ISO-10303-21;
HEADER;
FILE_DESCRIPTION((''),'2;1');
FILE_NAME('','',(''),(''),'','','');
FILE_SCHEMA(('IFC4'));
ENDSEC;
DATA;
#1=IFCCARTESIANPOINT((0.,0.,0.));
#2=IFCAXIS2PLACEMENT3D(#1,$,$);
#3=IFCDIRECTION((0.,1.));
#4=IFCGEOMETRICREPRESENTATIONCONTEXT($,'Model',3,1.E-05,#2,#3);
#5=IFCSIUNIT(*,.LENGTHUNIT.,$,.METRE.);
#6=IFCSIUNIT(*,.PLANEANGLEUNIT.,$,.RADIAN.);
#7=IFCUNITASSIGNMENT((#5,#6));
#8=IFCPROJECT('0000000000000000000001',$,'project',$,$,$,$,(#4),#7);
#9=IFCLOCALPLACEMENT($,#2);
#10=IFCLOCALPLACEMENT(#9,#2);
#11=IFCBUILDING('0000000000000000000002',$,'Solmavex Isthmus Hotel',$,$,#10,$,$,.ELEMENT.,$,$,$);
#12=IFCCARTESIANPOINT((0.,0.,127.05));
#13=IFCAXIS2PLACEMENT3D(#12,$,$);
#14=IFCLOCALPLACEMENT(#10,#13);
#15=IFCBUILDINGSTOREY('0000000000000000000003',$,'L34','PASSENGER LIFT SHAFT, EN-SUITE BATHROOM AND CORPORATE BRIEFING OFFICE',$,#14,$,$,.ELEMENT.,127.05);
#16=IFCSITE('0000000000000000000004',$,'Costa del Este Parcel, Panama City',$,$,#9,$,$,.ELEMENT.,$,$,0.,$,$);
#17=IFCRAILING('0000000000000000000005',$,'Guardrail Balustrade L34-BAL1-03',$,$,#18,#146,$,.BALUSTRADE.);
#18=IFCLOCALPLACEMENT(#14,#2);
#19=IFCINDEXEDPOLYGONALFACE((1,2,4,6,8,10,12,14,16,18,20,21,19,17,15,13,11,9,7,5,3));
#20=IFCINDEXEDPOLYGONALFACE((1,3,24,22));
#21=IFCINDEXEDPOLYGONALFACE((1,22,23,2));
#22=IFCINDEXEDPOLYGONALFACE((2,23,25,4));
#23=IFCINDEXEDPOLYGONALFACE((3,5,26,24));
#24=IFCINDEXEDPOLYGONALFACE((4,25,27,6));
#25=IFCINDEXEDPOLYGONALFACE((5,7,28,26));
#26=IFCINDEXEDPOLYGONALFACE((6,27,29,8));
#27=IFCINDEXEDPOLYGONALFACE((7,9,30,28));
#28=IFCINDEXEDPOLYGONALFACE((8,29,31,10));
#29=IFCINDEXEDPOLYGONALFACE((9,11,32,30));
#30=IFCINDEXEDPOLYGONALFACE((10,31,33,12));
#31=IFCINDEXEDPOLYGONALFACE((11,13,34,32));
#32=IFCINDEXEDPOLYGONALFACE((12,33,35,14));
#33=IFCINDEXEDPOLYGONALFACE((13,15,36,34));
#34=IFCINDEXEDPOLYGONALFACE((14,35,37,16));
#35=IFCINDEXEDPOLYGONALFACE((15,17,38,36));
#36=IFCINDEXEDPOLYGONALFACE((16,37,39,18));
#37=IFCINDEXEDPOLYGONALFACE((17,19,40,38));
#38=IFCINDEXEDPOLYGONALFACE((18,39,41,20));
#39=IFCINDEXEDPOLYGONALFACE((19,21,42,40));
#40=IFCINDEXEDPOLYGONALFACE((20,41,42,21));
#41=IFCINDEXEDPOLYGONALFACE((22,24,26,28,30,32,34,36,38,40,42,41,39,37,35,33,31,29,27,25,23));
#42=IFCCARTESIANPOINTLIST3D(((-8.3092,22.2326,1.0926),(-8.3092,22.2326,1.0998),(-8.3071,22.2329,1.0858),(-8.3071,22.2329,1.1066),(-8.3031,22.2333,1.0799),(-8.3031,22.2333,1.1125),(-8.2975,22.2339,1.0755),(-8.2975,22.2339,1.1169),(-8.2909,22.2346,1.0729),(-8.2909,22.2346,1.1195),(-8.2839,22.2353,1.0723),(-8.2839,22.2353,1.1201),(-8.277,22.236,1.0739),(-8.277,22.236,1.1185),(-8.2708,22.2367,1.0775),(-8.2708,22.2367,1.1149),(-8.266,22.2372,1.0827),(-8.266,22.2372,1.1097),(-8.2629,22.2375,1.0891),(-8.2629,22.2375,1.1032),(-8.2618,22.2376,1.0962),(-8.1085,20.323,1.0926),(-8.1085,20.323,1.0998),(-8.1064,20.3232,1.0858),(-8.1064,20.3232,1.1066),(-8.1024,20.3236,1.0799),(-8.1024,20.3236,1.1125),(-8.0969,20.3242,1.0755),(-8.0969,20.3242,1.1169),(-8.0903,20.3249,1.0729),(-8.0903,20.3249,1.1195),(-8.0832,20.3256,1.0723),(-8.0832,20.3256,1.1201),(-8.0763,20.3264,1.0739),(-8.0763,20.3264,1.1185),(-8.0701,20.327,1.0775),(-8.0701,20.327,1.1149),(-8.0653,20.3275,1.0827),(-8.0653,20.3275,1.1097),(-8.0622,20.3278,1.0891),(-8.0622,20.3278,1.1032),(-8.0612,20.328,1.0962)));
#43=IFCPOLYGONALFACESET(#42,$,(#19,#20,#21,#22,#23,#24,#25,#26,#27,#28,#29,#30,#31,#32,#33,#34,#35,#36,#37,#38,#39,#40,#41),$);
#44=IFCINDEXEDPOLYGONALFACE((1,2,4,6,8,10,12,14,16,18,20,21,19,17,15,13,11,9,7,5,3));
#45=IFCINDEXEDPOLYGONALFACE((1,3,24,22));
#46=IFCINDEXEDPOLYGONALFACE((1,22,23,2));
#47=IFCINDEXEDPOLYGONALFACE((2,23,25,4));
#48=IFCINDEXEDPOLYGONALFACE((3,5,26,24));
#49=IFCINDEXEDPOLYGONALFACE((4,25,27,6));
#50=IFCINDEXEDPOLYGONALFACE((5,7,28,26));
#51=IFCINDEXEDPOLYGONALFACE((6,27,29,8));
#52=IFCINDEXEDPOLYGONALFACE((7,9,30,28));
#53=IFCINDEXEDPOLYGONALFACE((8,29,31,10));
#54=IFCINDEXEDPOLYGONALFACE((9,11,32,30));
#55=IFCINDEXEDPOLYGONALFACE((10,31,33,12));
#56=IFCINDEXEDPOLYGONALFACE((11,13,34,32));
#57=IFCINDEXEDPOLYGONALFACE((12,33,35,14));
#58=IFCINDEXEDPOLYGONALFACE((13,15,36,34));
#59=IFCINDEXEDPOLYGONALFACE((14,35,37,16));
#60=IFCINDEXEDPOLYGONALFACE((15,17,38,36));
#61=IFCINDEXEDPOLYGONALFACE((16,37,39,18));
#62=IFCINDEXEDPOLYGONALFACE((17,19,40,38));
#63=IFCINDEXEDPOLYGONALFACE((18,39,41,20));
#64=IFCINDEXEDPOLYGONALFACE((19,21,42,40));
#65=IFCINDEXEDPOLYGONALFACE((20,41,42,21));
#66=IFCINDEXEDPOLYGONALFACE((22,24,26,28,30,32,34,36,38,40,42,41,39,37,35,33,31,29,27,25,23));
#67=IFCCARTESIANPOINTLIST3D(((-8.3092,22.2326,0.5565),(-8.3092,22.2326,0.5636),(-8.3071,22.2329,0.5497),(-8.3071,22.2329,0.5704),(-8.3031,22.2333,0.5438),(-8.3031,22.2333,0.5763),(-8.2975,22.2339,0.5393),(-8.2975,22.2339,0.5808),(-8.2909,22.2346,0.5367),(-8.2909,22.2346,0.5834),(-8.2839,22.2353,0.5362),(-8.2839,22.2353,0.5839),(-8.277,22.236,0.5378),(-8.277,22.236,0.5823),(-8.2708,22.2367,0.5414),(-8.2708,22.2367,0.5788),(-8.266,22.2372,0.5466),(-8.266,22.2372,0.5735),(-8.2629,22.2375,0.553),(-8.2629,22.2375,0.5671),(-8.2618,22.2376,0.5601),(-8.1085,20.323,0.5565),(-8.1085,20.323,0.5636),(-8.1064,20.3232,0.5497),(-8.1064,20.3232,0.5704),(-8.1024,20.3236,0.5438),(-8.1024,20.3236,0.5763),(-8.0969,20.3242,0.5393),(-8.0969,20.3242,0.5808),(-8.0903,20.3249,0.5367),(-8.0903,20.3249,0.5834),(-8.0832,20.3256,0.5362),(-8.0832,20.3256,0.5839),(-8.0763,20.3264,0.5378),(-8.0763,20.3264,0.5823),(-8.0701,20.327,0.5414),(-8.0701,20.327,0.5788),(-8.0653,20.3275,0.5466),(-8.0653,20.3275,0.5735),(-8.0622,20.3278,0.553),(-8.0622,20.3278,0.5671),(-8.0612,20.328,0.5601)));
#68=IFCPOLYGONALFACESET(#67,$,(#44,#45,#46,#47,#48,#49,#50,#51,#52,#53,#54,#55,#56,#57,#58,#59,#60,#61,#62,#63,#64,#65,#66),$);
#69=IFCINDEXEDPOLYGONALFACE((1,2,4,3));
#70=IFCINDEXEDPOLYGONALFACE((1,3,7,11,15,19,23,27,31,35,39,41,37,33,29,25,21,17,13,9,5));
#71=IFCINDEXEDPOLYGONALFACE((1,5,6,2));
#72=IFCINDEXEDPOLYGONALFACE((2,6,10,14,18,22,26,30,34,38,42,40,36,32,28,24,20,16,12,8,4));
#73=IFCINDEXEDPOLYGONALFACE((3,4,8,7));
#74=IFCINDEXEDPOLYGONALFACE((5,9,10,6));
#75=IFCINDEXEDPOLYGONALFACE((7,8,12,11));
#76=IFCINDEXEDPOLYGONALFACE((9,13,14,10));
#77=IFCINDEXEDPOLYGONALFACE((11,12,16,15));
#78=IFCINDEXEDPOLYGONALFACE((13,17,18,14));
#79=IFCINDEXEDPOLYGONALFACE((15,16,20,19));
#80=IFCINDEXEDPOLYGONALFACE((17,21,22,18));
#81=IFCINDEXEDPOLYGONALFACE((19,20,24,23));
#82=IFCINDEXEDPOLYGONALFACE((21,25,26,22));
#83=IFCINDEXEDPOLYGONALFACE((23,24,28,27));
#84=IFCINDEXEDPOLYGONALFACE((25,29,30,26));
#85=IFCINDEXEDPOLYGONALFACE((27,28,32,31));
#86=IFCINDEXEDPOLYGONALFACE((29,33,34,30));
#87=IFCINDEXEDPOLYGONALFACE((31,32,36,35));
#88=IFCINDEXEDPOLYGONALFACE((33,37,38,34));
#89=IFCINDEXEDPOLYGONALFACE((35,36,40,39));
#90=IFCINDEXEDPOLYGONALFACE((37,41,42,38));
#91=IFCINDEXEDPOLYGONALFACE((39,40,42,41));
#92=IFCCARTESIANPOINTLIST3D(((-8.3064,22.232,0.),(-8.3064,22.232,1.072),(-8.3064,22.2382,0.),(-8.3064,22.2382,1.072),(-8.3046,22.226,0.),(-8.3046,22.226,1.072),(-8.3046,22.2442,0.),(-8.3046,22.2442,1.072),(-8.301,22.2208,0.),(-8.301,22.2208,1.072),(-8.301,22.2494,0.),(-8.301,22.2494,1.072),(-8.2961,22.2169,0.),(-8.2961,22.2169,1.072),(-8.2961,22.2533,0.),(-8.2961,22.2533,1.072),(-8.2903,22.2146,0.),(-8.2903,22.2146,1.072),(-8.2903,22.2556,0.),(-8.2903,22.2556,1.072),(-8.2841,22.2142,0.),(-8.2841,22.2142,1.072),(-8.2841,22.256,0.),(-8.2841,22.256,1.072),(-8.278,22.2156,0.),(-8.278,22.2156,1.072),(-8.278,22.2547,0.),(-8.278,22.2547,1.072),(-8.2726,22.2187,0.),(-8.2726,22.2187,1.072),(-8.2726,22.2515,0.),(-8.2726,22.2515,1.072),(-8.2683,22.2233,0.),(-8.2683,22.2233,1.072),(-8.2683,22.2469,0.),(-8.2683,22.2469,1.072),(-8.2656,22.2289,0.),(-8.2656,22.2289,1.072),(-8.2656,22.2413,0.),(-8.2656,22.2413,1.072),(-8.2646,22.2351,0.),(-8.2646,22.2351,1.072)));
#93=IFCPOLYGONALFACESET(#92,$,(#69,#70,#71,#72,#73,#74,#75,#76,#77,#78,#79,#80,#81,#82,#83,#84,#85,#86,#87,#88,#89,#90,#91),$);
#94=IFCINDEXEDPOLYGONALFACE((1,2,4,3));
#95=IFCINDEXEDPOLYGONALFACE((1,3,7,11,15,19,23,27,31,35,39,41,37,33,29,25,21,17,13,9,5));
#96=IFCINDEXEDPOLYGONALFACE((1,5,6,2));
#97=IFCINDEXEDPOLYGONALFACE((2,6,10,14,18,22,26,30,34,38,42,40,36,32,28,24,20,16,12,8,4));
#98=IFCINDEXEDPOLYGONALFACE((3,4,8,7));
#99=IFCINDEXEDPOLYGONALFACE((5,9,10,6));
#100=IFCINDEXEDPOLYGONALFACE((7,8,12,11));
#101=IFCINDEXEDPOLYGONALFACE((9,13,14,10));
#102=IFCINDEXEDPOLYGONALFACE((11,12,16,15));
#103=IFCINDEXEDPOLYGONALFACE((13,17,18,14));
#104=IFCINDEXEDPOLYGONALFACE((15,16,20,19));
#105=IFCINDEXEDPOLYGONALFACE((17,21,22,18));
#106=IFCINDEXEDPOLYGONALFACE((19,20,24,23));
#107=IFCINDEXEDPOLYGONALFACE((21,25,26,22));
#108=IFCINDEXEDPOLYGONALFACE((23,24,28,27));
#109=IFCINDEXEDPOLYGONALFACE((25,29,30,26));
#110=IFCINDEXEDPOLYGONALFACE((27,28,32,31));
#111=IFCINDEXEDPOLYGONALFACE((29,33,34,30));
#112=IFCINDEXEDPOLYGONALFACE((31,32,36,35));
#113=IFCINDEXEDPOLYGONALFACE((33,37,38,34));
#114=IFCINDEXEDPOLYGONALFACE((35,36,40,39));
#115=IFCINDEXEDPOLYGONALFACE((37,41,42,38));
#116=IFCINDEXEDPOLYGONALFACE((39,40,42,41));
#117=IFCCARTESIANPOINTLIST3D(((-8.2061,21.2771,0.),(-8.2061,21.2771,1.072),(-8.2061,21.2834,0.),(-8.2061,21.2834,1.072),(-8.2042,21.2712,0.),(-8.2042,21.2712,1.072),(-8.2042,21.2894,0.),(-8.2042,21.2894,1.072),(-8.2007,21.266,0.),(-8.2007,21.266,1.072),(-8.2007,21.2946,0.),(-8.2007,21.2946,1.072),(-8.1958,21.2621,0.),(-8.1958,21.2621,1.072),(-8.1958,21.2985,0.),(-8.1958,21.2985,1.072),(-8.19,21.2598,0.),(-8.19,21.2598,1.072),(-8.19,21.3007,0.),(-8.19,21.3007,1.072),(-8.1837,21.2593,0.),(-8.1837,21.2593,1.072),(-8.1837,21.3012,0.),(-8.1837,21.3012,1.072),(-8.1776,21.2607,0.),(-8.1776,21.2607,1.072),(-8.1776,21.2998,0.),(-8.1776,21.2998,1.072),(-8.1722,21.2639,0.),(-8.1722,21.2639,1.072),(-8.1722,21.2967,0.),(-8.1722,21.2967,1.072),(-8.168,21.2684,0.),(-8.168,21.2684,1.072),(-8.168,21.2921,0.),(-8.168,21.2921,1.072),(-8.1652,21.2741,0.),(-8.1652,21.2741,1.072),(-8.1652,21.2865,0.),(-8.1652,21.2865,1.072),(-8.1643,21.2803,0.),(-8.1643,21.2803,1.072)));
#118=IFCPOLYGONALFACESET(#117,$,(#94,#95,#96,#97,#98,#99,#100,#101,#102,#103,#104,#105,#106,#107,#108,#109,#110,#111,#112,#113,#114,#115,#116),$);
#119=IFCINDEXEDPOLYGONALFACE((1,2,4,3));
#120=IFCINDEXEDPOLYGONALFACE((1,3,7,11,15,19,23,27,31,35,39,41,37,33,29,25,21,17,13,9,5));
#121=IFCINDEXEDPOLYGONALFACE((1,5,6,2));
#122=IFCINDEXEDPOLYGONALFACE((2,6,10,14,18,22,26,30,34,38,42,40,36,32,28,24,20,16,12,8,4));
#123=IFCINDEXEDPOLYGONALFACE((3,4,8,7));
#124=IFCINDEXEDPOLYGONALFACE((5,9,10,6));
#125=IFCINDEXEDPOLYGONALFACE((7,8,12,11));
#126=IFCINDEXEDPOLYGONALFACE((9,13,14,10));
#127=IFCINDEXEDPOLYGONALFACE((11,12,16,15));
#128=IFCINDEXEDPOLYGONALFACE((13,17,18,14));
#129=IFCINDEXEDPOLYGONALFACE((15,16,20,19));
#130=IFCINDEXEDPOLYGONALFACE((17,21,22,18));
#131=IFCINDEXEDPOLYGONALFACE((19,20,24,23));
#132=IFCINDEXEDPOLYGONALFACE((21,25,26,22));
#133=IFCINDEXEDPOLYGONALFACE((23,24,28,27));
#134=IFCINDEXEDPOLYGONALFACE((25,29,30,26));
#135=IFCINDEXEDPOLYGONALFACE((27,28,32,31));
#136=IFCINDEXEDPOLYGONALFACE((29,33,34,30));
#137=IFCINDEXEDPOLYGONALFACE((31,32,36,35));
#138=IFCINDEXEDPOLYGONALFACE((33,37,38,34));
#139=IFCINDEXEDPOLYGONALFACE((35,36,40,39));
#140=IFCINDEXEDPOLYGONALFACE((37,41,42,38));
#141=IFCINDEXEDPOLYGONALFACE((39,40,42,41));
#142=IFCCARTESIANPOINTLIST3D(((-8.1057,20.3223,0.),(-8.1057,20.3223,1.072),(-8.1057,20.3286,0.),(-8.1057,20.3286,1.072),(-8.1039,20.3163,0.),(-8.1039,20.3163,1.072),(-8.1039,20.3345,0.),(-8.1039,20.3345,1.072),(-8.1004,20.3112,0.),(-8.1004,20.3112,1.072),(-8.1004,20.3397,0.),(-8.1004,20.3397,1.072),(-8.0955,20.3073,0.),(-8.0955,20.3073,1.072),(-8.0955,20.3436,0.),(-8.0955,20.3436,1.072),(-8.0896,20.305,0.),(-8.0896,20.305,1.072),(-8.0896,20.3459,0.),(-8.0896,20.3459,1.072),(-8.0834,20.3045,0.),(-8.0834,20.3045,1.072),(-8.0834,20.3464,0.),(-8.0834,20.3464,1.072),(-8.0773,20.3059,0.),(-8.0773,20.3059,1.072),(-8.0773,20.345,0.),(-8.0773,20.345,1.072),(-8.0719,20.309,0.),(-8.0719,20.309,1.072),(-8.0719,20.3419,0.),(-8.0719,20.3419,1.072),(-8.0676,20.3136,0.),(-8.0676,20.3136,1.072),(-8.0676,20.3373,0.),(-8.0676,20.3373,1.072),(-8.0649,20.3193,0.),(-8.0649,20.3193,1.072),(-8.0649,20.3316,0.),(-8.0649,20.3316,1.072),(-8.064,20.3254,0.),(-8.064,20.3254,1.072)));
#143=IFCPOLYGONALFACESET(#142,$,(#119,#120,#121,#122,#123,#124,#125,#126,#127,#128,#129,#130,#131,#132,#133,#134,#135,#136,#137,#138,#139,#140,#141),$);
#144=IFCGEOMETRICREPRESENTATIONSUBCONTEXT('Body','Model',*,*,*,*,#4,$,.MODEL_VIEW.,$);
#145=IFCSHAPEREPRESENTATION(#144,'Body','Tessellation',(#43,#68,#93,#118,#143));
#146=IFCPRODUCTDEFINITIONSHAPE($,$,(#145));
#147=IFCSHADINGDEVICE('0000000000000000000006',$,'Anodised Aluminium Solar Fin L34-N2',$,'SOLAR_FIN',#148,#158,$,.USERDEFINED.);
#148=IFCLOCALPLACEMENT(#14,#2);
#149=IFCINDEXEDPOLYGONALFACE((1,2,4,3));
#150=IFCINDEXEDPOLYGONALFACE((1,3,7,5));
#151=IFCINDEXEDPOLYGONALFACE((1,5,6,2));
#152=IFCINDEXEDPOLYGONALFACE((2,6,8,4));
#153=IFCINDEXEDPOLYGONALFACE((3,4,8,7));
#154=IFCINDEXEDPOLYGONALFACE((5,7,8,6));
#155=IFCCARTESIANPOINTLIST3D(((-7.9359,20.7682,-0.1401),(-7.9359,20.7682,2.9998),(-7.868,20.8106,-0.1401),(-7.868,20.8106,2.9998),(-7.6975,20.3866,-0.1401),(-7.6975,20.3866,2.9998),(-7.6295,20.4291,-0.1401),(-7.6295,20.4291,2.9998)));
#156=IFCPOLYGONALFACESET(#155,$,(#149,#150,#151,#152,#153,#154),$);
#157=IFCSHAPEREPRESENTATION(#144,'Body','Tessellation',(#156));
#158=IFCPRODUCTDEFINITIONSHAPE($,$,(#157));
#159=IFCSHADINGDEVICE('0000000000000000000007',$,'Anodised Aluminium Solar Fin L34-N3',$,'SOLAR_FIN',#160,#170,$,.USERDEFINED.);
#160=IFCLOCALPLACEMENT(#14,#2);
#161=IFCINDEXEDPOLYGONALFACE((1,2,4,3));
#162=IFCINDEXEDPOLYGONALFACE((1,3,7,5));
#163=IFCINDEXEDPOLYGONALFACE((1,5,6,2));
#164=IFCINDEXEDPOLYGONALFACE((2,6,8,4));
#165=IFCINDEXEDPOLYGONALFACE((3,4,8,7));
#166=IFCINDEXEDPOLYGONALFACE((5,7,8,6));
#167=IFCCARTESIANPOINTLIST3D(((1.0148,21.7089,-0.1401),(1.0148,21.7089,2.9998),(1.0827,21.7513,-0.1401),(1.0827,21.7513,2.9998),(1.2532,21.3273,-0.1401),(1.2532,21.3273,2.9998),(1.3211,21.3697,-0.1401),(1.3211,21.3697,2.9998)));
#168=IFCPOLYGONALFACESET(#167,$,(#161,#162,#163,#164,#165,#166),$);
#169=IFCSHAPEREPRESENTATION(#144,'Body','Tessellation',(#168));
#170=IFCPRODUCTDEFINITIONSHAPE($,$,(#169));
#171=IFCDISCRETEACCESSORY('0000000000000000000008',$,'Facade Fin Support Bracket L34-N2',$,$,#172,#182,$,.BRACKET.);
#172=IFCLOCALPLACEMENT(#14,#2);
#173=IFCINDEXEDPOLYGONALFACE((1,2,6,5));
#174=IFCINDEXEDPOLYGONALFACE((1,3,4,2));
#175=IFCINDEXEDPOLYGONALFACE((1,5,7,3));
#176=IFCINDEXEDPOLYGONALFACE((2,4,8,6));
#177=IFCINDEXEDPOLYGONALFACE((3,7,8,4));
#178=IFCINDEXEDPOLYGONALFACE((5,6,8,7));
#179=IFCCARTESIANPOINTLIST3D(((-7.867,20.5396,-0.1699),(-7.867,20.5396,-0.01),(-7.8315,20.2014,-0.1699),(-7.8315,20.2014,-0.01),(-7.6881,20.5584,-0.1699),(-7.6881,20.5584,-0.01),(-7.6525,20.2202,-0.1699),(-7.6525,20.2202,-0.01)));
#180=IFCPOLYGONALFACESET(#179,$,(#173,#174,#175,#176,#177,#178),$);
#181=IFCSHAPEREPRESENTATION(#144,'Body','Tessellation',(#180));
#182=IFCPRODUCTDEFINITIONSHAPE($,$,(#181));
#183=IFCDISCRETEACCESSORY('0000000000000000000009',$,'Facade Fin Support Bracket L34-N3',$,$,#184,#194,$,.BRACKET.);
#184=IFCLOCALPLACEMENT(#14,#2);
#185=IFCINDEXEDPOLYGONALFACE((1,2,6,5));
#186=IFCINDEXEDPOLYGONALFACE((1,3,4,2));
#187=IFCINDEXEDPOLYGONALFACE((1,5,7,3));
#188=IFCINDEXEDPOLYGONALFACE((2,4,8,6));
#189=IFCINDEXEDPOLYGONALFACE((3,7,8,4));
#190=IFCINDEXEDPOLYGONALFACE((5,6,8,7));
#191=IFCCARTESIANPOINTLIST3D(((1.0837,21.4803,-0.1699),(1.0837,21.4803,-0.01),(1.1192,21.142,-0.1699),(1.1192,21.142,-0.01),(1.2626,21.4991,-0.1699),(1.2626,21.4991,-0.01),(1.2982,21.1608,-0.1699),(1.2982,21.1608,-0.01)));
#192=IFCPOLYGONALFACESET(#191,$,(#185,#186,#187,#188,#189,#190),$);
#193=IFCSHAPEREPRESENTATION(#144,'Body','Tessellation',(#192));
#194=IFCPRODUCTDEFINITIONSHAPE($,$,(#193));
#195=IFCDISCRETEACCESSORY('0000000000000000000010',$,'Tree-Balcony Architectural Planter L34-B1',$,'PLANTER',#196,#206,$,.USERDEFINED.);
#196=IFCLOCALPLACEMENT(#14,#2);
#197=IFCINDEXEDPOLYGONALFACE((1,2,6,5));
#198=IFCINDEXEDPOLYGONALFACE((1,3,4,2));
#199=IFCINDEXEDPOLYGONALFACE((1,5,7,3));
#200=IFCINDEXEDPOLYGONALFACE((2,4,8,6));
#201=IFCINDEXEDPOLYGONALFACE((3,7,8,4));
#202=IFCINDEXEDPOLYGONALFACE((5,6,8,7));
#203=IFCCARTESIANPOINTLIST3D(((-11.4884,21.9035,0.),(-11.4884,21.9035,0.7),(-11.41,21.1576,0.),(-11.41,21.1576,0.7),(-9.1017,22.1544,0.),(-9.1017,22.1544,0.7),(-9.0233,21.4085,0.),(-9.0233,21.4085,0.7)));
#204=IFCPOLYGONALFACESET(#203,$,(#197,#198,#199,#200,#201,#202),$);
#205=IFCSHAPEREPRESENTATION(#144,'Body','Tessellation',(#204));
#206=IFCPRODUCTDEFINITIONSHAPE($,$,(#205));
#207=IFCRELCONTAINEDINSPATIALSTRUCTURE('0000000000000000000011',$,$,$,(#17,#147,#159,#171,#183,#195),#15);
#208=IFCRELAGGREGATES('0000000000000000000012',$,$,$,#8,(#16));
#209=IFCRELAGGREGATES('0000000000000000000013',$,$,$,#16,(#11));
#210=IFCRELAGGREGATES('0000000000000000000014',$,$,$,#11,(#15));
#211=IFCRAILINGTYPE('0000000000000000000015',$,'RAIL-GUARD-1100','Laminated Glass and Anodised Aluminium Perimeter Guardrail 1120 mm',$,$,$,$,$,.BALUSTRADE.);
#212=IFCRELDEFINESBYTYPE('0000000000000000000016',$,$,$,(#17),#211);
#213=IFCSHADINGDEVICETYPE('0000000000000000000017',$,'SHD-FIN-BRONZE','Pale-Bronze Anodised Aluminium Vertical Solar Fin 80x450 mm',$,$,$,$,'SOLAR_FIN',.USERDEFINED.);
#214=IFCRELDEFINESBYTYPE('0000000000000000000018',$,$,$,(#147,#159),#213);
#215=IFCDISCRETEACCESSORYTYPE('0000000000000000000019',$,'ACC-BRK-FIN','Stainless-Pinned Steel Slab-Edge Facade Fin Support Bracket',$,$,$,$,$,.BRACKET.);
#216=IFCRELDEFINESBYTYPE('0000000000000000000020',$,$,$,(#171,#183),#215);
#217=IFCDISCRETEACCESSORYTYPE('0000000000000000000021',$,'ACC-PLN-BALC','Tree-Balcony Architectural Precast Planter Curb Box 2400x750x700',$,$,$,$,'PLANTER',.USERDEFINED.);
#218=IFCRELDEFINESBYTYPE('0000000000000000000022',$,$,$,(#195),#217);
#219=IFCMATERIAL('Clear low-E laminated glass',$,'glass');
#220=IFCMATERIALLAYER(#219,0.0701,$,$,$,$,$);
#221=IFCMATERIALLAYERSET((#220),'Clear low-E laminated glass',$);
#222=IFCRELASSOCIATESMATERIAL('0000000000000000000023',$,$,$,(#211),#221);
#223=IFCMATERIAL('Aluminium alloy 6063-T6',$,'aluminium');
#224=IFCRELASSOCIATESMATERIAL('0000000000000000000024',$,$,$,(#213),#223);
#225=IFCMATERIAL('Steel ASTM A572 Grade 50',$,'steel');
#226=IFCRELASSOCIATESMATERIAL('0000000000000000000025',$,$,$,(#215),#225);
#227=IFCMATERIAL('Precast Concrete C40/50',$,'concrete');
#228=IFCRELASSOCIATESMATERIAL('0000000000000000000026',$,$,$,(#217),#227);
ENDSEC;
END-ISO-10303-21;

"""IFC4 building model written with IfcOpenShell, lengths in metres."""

from ifc_helpers import new_model, si_unit, direction, frame, origin, origin_2d, place, context, subcontext, project, spatial, rectangle, circle, extrude, material, layer, layer_set, type_object, element, save


model = new_model("IFC4")

# Units and contexts
model_context = context("Model", 3, precision=1e-05, world=origin(), true_north=direction((0.0, 1.0)))
body_context = subcontext(model_context, "Body", "Model", "MODEL_VIEW")
ifc_project = project(units=[si_unit("LENGTHUNIT", "METRE"), si_unit("PLANEANGLEUNIT", "RADIAN")], contexts=[model_context])

# Site, building, storey
site_placement = place(None, origin())
site = spatial("IfcSite", under=ifc_project, at=site_placement, Name="Costa del Este Parcel, Panama City", CompositionType="ELEMENT", RefElevation=0.0)
building_placement = place(site_placement, origin())
building = spatial("IfcBuilding", under=site, at=building_placement, Name="Solmavex Isthmus Hotel", CompositionType="ELEMENT")
storey_placement = place(building_placement, frame((0.0, 0.0, 127.05)))
storey = spatial("IfcBuildingStorey", under=building, at=storey_placement, Name="L34", Description="PASSENGER LIFT SHAFT, EN-SUITE BATHROOM AND CORPORATE BRIEFING OFFICE", CompositionType="ELEMENT", Elevation=127.05)

# Shared definitions
ifc_material_1 = material(Name="Aluminium alloy 6063-T6", Category="aluminium")

# Shared definitions
ifc_material_2 = material(Name="Clear low-E laminated glass", Category="glass")

# Shared definitions
ifc_material_3 = material(Name="Precast Concrete C40/50", Category="concrete")

# Railing
ifc_layer_1 = layer(ifc_material_2, 0.0701)
ifc_layer_set_1 = layer_set([ifc_layer_1], Name="Clear low-E laminated glass")
railing_type = type_object("IfcRailingType", Name="RAIL-GUARD-1100", Description="Laminated Glass and Anodised Aluminium Perimeter Guardrail 1120 mm", PredefinedType="BALUSTRADE", material=ifc_layer_set_1)
railing_1_placement = place(storey_placement, frame((-8.2856, 22.2351, 0.0)))
element("IfcRailing", 1, at=railing_1_placement, inside=storey, type_object=railing_type, Name="Guardrail Balustrade L34-BAL1-03", PredefinedType="BALUSTRADE", context=body_context, shape_type="SweptSolid", body=[
    extrude(circle(Radius=0.0239, at=origin_2d()), frame((0.0, 0.0, 1.0962), z_axis=(0.104513, -0.994524, 0.0), x_axis=(0.994524, 0.104513, 0.0)), (0.0, 0.0, 1.0), 1.9202),
    extrude(circle(Radius=0.0239, at=origin_2d()), frame((0.0, 0.0, 0.5601), z_axis=(0.104513, -0.994524, 0.0), x_axis=(0.994524, 0.104513, 0.0)), (0.0, 0.0, 1.0), 1.9202),
    extrude(circle(Radius=0.021, at=origin_2d()), origin(), (0.0, 0.0, 1.0), 1.072),
    extrude(circle(Radius=0.021, at=origin_2d()), frame((0.1003, -0.9548, 0.0)), (0.0, 0.0, 1.0), 1.072),
    extrude(circle(Radius=0.021, at=origin_2d()), frame((0.2007, -1.9097, 0.0)), (0.0, 0.0, 1.0), 1.072),
])

# Shading devices
shading_device_type = type_object("IfcShadingDeviceType", Name="SHD-FIN-BRONZE", Description="Pale-Bronze Anodised Aluminium Vertical Solar Fin 80x450 mm", ElementType="SOLAR_FIN", PredefinedType="USERDEFINED", material=ifc_material_1)
for number, where, z_axis, x_axis, name in (
    (2, (-7.7827, 20.5986, -0.1401), (0.0, 0.0, 1.0), (-0.529919, 0.848048, 0.0), "Anodised Aluminium Solar Fin L34-N2"),
    (3, (1.168, 21.5393, -0.1401), (0.0, 0.0, 1.0), (-0.529919, 0.848048, 0.0), "Anodised Aluminium Solar Fin L34-N3"),
):
    element("IfcShadingDevice", number, at=place(storey_placement, frame(where, z_axis=z_axis, x_axis=x_axis)), inside=storey, type_object=shading_device_type, Name=name, ObjectType="SOLAR_FIN", PredefinedType="USERDEFINED", context=body_context, shape_type="SweptSolid", body=[
        extrude(rectangle(XDim=0.45, YDim=0.0801, at=origin_2d()), origin(), (0.0, 0.0, 1.0), 3.1399),
    ])

# Discrete accessories
ifc_material_4 = material(Name="Steel ASTM A572 Grade 50", Category="steel")
discrete_accessory_type_1 = type_object("IfcDiscreteAccessoryType", Name="ACC-BRK-FIN", Description="Stainless-Pinned Steel Slab-Edge Facade Fin Support Bracket", PredefinedType="BRACKET", material=ifc_material_4)
for number, where, z_axis, x_axis, name in (
    (4, (-7.7598, 20.3799, -0.1699), (0.0, 0.0, 1.0), (-0.104528, 0.994522, 0.0), "Facade Fin Support Bracket L34-N2"),
    (5, (1.1909, 21.3206, -0.1699), (0.0, 0.0, 1.0), (-0.104528, 0.994522, 0.0), "Facade Fin Support Bracket L34-N3"),
):
    element("IfcDiscreteAccessory", number, at=place(storey_placement, frame(where, z_axis=z_axis, x_axis=x_axis)), inside=storey, type_object=discrete_accessory_type_1, Name=name, PredefinedType="BRACKET", context=body_context, shape_type="SweptSolid", body=[
        extrude(rectangle(XDim=0.3401, YDim=0.1799, at=origin_2d()), origin(), (0.0, 0.0, 1.0), 0.1599),
    ])
discrete_accessory_type_2 = type_object("IfcDiscreteAccessoryType", Name="ACC-PLN-BALC", Description="Tree-Balcony Architectural Precast Planter Curb Box 2400x750x700", ElementType="PLANTER", PredefinedType="USERDEFINED", material=ifc_material_3)
discrete_accessory_placement = place(storey_placement, frame((-10.2559, 21.656, 0.0), z_axis=(0.0, 0.0, 1.0), x_axis=(0.994522, 0.104528, 0.0)))
element("IfcDiscreteAccessory", 6, at=discrete_accessory_placement, inside=storey, type_object=discrete_accessory_type_2, Name="Tree-Balcony Architectural Planter L34-B1", ObjectType="PLANTER", PredefinedType="USERDEFINED", context=body_context, shape_type="SweptSolid", body=[
    extrude(rectangle(XDim=2.3999, YDim=0.75, at=origin_2d()), origin(), (0.0, 0.0, 1.0), 0.7),
])

save(model, "model.ifc")
